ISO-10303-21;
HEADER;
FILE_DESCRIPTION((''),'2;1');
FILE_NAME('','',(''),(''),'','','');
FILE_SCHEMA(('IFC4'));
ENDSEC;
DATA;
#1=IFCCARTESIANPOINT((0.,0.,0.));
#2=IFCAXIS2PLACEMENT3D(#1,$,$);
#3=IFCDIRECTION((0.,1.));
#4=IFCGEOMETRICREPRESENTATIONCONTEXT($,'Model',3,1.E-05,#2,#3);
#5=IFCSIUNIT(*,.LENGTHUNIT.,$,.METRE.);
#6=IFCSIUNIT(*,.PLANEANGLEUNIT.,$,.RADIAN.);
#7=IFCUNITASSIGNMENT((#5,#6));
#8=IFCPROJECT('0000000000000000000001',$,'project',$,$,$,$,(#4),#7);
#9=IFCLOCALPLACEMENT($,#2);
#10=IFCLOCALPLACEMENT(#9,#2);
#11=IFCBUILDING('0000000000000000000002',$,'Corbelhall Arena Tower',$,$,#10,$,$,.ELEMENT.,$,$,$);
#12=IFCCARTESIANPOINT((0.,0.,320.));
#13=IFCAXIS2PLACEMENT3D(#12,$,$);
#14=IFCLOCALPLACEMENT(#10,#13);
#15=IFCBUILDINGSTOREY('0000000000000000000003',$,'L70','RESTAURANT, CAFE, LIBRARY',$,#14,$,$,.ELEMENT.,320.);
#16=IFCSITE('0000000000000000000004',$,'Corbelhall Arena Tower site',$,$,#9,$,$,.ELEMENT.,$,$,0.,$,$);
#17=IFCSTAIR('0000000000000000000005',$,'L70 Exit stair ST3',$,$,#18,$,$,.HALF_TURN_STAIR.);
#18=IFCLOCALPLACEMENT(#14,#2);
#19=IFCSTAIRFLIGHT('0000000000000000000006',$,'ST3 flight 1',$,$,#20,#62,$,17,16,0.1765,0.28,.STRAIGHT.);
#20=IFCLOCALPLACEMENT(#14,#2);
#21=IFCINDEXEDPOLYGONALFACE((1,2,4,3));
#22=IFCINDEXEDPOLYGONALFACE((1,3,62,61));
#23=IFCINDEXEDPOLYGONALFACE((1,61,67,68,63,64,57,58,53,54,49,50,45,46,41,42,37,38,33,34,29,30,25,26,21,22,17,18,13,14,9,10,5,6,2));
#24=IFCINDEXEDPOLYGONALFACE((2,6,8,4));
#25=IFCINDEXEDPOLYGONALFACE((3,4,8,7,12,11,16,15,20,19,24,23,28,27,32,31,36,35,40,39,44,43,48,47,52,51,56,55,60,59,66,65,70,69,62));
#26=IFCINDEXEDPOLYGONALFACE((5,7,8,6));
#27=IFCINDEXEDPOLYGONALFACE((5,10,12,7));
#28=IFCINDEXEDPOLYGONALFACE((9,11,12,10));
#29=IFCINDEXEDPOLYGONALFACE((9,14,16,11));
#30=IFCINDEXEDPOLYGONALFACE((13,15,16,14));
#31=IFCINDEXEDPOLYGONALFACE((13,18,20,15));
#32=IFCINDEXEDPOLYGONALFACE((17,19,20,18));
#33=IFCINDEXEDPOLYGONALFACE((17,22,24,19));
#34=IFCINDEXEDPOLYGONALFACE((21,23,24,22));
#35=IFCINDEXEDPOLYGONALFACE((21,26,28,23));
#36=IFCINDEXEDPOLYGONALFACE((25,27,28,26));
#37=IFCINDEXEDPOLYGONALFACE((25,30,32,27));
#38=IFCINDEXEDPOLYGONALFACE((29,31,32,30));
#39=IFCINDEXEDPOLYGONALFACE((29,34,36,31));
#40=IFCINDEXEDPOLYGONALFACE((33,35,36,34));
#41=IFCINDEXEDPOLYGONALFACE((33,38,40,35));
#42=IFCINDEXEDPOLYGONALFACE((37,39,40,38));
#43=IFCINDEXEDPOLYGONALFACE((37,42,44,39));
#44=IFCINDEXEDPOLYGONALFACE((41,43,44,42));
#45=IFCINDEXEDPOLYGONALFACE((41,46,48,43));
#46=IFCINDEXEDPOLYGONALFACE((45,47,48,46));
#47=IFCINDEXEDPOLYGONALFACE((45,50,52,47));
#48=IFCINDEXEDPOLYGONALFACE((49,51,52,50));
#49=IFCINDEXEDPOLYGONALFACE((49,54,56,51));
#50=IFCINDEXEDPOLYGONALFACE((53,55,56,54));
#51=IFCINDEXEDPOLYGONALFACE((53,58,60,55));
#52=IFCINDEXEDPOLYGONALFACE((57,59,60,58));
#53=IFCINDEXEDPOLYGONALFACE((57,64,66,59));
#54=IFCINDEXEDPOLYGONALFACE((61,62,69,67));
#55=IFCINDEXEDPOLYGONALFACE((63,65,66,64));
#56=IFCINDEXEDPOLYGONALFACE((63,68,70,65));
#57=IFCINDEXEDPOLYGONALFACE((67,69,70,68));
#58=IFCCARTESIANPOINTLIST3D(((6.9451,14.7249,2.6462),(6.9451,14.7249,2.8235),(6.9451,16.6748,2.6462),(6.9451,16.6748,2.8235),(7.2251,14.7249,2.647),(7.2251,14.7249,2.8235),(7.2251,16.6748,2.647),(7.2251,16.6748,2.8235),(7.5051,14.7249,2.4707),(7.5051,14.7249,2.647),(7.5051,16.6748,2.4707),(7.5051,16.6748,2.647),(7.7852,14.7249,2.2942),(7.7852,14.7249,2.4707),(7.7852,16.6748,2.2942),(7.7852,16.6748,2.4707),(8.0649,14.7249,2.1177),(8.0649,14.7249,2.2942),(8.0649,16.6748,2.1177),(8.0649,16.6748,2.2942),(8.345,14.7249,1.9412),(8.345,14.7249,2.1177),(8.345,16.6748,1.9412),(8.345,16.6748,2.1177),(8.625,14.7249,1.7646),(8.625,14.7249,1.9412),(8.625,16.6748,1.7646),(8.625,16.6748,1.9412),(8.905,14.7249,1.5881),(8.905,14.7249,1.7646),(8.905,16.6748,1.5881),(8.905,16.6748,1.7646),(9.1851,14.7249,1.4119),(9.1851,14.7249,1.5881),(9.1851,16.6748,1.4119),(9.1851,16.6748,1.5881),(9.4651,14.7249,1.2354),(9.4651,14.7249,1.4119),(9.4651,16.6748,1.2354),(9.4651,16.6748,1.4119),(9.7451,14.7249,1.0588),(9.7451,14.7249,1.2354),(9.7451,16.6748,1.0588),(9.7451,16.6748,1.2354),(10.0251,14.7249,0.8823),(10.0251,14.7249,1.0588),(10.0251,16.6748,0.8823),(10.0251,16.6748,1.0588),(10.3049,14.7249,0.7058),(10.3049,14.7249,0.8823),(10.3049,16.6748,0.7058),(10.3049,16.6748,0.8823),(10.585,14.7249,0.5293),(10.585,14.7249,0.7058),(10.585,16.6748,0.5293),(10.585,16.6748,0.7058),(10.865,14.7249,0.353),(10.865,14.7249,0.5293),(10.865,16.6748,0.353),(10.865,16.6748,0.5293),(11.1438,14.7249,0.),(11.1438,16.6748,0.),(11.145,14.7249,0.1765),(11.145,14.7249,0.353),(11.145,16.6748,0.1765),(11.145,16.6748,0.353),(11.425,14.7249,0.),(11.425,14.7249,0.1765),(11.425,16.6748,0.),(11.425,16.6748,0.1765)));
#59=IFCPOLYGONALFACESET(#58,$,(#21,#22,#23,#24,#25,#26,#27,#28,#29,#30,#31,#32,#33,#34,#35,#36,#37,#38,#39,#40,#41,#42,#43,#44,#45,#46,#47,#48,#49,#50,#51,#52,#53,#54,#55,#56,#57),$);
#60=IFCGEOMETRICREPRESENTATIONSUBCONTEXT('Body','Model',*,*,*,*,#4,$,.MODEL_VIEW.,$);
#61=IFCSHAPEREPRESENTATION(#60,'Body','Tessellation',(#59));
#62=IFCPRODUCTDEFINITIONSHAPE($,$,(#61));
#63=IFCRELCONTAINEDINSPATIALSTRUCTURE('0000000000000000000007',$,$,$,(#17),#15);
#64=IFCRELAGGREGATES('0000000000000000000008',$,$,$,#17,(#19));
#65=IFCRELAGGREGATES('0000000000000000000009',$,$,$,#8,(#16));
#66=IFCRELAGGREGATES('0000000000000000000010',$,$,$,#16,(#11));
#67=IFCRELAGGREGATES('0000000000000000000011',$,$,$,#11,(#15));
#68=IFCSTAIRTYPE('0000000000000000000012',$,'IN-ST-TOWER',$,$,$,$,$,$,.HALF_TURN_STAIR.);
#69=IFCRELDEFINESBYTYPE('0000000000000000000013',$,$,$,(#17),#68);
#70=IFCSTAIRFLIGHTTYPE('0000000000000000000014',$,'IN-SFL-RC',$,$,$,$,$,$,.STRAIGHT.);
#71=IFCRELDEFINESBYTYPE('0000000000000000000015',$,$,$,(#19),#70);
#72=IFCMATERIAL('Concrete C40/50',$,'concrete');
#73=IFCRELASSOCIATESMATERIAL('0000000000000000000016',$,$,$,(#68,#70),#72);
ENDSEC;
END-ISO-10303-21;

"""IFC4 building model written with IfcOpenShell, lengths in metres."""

from ifc_helpers import new_model, si_unit, direction, frame, origin, place, context, subcontext, project, spatial, polyline, outline, extrude, material, type_object, element, aggregate, save


model = new_model("IFC4")

# Units and contexts
model_context = context("Model", 3, precision=1e-05, world=origin(), true_north=direction((0.0, 1.0)))
body_context = subcontext(model_context, "Body", "Model", "MODEL_VIEW")
ifc_project = project(units=[si_unit("LENGTHUNIT", "METRE"), si_unit("PLANEANGLEUNIT", "RADIAN")], contexts=[model_context])

# Site, building, storey
site_placement = place(None, origin())
site = spatial("IfcSite", under=ifc_project, at=site_placement, Name="Corbelhall Arena Tower site", CompositionType="ELEMENT", RefElevation=0.0)
building_placement = place(site_placement, origin())
building = spatial("IfcBuilding", under=site, at=building_placement, Name="Corbelhall Arena Tower", CompositionType="ELEMENT")
storey_placement = place(building_placement, frame((0.0, 0.0, 320.0)))
storey = spatial("IfcBuildingStorey", under=building, at=storey_placement, Name="L70", Description="RESTAURANT, CAFE, LIBRARY", CompositionType="ELEMENT", Elevation=320.0)

# Shared definitions
ifc_material_1 = material(Name="Concrete C40/50", Category="concrete")

# Stair, stair flight
stair_type = type_object("IfcStairType", Name="IN-ST-TOWER", PredefinedType="HALF_TURN_STAIR", material=ifc_material_1)
stair_placement = place(storey_placement, origin())
stair = element("IfcStair", 1, at=stair_placement, inside=storey, type_object=stair_type, Name="L70 Exit stair ST3", PredefinedType="HALF_TURN_STAIR")
stair_flight_type = type_object("IfcStairFlightType", Name="IN-SFL-RC", PredefinedType="STRAIGHT", material=ifc_material_1)
stair_flight_placement = place(storey_placement, frame((11.425, 15.7, 0.0), z_axis=(0.0, 0.0, 1.0), x_axis=(-1.0, 0.0, 0.0)))
stair_flight = element("IfcStairFlight", 2, at=stair_flight_placement, type_object=stair_flight_type, Name="ST3 flight 1", NumberOfRisers=17, NumberOfTreads=16, PredefinedType="STRAIGHT", RiserHeight=0.1765, TreadLength=0.28, context=body_context, shape_type="SweptSolid", body=[
    extrude(outline(polyline([(0.0, 0.0), (0.0, 0.1765), (0.28, 0.1765), (0.28, 0.353), (0.5601, 0.353), (0.5601, 0.5293), (0.8401, 0.5293), (0.8401, 0.7058), (1.1201, 0.7058), (1.1201, 0.8823), (1.3999, 0.8823), (1.3999, 1.0588), (1.6799, 1.0588), (1.6799, 1.2354), (1.96, 1.2354), (1.96, 1.4119), (2.24, 1.4119), (2.24, 1.5881), (2.52, 1.5881), (2.52, 1.7646), (2.8, 1.7646), (2.8, 1.9412), (3.0801, 1.9412), (3.0801, 2.1177), (3.3601, 2.1177), (3.3601, 2.2942), (3.6399, 2.2942), (3.6399, 2.4707), (3.9199, 2.4707), (3.9199, 2.647), (4.2, 2.647), (4.2, 2.8235), (4.48, 2.8235), (4.48, 3.0), (4.48, 2.6462), (0.2812, 0.0), (0.0, 0.0)])), frame((0.0, 0.9751, 0.0), z_axis=(0.0, -1.0, 0.0), x_axis=(1.0, 0.0, 0.0)), (0.0, 0.0, 1.0), 1.95),
])
aggregate(stair, [stair_flight])

save(model, "model.ifc")
